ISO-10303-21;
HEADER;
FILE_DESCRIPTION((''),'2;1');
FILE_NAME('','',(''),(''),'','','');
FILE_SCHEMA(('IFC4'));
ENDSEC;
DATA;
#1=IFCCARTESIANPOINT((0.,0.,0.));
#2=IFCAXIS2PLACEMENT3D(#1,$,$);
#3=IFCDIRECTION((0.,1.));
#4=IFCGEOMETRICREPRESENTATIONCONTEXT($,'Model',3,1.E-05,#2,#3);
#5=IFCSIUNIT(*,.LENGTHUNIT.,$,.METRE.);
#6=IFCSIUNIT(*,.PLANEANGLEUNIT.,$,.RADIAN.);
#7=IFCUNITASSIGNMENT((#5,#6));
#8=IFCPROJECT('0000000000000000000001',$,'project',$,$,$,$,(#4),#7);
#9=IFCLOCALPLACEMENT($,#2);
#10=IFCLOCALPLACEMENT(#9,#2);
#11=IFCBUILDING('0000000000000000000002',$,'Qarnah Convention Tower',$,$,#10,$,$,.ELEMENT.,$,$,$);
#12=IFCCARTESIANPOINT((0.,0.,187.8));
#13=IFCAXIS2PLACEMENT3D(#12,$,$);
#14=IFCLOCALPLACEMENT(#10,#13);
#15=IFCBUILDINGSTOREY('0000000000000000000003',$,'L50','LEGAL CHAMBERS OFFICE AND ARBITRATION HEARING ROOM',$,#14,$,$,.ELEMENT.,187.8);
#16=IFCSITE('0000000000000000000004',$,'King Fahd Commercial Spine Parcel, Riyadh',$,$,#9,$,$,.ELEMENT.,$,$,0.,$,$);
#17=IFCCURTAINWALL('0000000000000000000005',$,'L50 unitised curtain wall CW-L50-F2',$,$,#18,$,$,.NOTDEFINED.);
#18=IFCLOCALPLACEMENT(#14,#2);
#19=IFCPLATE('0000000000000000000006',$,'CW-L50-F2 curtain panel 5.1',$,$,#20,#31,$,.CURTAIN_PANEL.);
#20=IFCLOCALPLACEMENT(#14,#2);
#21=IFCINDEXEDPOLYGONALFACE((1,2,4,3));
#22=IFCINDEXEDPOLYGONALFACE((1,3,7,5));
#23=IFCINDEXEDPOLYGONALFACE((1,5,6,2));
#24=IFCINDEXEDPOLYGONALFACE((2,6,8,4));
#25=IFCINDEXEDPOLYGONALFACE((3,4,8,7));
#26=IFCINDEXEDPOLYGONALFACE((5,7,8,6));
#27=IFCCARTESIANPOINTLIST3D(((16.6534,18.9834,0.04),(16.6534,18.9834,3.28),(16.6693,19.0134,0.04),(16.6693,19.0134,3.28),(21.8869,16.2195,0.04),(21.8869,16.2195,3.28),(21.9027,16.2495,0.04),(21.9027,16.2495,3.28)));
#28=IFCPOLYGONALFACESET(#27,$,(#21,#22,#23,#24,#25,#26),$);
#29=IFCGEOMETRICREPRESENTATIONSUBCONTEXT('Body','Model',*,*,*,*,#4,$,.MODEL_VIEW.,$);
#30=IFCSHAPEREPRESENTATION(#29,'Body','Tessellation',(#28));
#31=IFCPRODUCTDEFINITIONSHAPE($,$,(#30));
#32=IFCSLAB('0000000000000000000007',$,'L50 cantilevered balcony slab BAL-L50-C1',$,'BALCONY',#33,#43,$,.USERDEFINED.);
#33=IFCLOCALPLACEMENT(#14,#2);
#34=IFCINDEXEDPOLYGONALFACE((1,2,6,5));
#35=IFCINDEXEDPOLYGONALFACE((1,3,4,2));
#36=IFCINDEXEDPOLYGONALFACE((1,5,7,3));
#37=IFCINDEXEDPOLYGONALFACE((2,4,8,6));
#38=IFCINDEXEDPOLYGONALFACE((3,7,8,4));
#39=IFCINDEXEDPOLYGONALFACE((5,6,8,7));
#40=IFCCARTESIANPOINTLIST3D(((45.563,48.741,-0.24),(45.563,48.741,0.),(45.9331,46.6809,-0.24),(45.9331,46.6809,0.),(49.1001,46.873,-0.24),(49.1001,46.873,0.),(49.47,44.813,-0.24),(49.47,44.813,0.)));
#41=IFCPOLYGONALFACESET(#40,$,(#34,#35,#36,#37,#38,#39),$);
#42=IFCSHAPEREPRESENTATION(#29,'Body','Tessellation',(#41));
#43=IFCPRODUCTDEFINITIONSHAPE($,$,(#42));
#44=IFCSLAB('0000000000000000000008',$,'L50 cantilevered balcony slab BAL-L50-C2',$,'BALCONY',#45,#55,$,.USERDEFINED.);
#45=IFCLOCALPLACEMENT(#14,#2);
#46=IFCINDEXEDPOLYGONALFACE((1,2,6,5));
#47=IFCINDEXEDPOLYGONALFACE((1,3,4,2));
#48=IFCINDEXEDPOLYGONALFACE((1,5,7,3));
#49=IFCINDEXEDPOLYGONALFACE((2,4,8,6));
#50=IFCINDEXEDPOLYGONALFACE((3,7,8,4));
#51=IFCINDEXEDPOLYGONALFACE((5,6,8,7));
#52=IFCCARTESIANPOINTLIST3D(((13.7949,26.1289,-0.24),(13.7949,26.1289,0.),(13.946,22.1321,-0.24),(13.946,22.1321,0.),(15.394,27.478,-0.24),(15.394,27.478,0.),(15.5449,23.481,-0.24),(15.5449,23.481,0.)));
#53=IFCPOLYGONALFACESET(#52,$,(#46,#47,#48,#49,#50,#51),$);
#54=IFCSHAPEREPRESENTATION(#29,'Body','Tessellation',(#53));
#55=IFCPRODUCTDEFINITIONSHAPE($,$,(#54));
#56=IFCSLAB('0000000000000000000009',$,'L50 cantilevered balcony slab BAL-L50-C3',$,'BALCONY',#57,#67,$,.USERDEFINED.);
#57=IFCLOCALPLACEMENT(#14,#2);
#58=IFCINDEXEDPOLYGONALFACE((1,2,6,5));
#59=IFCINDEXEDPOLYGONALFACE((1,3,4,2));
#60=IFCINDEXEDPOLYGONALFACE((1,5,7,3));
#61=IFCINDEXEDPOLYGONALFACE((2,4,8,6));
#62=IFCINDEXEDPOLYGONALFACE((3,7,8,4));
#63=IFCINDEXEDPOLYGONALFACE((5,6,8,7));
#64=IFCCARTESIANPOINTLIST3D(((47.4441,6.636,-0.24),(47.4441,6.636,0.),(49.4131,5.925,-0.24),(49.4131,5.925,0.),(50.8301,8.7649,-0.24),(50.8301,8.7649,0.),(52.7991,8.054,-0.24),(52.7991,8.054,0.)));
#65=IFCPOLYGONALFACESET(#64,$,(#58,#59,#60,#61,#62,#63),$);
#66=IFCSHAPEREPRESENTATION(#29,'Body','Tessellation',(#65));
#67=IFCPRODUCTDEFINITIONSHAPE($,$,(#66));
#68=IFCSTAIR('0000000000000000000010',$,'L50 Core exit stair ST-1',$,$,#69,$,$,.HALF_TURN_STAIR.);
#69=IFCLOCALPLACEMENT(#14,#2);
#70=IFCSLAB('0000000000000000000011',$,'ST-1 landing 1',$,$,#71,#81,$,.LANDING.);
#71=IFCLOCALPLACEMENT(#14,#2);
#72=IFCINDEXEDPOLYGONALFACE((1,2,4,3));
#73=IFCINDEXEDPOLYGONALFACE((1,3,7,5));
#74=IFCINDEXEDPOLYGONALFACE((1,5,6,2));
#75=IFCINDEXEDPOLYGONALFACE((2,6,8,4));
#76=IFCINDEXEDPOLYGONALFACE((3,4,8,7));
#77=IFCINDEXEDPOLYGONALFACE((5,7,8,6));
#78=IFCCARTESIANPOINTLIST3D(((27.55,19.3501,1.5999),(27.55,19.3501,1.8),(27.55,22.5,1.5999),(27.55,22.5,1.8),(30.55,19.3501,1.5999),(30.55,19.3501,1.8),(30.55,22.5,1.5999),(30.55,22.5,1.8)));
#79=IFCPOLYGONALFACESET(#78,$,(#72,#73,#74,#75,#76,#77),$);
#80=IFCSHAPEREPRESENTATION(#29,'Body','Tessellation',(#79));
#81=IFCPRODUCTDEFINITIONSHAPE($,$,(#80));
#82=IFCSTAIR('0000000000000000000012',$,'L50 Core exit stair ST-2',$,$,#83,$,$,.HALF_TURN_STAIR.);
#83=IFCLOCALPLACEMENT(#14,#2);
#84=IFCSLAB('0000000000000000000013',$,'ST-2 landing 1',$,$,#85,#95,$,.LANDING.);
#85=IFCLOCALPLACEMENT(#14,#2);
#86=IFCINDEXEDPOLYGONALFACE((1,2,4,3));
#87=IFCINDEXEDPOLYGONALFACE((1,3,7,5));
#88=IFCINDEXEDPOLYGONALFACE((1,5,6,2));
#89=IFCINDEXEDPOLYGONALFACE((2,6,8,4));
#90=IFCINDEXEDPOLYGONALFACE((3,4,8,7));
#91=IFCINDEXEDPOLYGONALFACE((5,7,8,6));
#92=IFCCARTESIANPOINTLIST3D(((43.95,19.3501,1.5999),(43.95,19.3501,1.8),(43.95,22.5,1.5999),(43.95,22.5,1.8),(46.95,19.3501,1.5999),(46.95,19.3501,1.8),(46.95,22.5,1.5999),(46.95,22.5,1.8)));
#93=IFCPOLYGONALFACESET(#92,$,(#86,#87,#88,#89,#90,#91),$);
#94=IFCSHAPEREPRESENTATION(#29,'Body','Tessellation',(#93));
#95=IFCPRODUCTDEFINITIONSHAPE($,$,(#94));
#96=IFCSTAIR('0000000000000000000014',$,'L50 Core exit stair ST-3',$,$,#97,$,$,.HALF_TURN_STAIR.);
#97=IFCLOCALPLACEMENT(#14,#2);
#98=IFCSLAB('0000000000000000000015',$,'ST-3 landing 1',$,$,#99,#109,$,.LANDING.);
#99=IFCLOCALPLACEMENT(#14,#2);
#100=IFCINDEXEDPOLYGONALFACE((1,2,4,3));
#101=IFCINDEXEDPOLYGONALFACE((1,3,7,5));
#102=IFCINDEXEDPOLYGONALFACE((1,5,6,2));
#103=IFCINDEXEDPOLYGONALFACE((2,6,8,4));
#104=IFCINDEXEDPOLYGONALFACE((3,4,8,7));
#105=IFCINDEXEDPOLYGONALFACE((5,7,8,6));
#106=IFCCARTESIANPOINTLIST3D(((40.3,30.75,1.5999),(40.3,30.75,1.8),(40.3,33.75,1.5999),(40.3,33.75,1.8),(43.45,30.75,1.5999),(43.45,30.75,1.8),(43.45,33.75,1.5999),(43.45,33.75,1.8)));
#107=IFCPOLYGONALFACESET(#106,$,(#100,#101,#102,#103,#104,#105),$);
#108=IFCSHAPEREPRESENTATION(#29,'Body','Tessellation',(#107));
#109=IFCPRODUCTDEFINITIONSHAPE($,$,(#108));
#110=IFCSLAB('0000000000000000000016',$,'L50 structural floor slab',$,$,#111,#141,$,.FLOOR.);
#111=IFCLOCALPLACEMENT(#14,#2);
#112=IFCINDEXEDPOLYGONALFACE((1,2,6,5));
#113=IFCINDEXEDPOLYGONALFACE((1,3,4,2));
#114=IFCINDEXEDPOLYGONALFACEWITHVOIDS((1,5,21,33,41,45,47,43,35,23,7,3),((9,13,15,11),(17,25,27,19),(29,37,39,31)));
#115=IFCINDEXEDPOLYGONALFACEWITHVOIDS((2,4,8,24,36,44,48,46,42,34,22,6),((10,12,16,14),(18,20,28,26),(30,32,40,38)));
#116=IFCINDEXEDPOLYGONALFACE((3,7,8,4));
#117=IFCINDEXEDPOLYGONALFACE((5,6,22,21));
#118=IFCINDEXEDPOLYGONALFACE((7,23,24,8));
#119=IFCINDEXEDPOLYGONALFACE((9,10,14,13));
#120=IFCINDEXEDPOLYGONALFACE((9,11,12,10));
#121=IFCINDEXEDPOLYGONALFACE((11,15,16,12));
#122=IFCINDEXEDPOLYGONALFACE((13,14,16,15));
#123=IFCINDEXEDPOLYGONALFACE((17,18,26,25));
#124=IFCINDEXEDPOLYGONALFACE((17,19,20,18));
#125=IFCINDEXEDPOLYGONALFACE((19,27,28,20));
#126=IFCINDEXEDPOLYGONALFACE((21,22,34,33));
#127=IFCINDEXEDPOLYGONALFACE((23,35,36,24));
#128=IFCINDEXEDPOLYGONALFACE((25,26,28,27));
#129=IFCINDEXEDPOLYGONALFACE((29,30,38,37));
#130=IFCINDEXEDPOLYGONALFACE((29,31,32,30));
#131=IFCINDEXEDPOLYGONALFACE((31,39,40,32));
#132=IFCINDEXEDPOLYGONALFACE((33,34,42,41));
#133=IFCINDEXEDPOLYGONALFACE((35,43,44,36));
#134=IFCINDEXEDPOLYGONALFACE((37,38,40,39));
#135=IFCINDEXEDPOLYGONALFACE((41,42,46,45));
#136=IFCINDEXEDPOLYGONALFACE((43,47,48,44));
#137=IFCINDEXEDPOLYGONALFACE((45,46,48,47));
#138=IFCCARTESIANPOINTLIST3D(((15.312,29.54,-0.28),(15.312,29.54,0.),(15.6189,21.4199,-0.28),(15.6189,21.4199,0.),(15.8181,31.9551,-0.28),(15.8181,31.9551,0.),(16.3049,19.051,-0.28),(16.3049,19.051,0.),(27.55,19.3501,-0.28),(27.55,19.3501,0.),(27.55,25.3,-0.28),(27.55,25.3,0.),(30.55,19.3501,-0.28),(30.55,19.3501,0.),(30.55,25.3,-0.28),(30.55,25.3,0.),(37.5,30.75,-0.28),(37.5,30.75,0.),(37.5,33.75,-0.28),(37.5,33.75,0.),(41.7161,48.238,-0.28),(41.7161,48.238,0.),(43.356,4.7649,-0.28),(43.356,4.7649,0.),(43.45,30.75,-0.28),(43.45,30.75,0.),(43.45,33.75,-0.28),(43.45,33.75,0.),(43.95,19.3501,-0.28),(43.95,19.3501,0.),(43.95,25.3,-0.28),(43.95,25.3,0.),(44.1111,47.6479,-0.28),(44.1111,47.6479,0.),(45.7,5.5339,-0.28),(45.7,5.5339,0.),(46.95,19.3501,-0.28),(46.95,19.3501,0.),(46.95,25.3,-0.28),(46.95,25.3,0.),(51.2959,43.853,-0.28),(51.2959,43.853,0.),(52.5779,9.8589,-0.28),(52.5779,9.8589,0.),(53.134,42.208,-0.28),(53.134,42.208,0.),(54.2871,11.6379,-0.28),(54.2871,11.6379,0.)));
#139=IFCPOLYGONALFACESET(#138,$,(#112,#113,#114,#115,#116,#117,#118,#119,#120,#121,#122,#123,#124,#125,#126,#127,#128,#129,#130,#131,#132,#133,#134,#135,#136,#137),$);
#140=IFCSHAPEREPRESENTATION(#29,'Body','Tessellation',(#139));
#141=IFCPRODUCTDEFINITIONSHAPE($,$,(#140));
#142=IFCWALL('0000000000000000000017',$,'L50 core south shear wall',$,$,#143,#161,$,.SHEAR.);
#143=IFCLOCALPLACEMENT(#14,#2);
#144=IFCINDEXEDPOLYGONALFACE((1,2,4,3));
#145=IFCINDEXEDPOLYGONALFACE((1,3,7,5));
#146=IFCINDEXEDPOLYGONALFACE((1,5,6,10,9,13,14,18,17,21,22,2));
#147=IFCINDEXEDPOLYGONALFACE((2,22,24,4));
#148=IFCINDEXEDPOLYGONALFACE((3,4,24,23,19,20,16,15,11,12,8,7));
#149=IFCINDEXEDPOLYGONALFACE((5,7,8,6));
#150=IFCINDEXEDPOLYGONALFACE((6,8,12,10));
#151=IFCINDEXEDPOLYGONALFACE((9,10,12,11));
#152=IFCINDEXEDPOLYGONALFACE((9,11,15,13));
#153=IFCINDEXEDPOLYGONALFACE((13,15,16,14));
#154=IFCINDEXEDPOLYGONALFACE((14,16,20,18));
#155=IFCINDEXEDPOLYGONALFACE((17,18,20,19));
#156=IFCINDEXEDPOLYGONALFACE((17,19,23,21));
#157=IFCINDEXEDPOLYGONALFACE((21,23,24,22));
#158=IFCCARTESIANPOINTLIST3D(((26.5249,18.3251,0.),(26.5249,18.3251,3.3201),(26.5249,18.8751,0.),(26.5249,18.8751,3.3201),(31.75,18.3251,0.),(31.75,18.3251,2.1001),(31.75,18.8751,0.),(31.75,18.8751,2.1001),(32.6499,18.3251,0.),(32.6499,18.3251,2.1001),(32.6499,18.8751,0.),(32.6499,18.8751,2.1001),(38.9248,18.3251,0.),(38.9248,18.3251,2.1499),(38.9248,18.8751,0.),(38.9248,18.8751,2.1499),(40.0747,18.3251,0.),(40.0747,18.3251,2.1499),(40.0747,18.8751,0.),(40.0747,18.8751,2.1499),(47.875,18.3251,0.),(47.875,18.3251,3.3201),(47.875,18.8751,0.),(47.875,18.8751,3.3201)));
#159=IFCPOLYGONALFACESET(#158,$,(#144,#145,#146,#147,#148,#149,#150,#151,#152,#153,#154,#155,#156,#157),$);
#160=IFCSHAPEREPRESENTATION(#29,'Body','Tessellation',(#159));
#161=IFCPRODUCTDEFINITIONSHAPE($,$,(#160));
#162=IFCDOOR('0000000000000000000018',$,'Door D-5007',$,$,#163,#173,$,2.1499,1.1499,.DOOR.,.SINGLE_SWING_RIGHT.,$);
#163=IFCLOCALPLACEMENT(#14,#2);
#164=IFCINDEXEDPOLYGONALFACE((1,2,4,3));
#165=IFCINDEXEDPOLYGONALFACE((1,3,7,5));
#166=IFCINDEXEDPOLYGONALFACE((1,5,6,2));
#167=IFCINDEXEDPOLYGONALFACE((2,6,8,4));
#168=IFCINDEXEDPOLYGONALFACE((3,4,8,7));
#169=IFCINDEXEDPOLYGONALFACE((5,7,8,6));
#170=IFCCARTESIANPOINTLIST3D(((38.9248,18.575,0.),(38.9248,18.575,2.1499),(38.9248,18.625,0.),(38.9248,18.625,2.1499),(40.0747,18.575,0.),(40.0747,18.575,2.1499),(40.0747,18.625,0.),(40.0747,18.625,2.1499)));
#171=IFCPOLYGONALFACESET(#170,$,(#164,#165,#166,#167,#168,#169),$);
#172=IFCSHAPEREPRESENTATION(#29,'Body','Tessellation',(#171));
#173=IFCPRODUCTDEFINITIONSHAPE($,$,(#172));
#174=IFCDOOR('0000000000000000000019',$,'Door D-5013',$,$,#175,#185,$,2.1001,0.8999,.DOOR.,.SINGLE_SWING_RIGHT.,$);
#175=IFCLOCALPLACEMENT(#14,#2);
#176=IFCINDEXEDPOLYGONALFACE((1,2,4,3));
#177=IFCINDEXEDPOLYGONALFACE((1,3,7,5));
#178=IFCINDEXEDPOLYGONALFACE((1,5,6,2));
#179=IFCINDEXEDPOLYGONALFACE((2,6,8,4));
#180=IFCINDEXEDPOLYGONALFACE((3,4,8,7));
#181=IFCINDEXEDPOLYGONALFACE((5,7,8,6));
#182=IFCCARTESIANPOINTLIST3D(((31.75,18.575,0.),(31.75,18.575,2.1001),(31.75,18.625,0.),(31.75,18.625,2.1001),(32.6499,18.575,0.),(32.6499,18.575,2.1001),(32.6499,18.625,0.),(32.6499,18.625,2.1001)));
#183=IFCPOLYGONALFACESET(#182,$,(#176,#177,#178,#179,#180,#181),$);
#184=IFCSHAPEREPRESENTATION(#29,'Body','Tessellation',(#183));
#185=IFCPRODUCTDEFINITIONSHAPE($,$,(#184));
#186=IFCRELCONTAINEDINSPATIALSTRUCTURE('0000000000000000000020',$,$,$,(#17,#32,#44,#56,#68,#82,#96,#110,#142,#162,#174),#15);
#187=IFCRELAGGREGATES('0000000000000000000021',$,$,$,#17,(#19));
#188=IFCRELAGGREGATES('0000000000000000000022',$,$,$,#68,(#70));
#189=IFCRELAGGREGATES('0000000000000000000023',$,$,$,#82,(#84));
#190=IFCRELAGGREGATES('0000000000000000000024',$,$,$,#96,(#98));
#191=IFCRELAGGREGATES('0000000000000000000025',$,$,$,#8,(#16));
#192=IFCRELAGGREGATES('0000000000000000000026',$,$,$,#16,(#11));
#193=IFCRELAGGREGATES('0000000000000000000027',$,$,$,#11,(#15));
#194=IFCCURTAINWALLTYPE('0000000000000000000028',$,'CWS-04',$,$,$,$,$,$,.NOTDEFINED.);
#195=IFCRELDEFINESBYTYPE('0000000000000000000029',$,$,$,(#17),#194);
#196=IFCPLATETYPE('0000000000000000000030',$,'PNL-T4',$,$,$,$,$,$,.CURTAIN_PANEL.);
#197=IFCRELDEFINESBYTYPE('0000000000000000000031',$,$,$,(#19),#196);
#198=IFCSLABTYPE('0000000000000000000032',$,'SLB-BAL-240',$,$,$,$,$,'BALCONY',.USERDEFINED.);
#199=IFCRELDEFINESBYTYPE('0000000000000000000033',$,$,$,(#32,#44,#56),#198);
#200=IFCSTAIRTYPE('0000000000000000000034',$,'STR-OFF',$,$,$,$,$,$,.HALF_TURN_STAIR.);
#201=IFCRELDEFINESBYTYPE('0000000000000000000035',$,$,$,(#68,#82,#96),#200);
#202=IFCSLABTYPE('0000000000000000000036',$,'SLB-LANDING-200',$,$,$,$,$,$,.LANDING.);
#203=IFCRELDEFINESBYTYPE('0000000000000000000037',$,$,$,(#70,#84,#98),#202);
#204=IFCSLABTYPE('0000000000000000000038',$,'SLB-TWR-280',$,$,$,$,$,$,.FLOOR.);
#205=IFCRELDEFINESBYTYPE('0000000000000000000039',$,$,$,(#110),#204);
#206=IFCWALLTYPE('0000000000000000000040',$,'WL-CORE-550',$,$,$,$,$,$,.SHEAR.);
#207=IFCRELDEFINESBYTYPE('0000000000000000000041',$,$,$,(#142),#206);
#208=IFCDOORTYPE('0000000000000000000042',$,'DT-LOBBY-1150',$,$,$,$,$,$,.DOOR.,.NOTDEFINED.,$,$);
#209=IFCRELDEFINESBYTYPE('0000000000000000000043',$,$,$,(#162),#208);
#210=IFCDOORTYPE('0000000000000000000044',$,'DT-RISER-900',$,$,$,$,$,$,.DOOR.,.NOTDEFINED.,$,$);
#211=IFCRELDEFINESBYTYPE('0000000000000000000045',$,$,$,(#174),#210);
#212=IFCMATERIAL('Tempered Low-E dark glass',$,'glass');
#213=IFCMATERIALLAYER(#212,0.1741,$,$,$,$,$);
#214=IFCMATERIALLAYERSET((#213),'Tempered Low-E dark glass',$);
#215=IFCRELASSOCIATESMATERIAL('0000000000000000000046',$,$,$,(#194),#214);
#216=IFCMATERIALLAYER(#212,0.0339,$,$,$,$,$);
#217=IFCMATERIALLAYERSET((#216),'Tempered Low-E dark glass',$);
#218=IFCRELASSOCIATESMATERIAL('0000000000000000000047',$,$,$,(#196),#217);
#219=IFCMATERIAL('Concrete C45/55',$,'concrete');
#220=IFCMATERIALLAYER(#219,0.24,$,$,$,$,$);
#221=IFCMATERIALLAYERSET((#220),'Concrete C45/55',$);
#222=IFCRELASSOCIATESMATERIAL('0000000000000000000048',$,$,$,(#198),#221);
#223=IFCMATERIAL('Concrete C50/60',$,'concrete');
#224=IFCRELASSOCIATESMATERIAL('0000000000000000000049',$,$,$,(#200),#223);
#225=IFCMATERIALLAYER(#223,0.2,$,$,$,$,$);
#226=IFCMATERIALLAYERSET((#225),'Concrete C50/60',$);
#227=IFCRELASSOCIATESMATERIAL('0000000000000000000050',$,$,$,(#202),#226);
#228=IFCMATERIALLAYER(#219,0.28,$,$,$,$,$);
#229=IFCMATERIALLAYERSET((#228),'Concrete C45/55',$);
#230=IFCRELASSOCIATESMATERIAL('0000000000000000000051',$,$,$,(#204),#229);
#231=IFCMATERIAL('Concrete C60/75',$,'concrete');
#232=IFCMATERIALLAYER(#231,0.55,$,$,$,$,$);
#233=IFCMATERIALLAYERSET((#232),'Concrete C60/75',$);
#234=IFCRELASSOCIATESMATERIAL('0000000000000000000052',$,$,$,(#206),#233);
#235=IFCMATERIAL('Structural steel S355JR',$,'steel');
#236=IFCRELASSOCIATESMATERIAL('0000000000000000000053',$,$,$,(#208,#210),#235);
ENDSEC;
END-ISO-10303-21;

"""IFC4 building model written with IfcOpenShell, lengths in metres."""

from ifc_helpers import new_model, si_unit, direction, frame, frame_2d, origin, origin_2d, place, context, subcontext, project, spatial, polyline, rectangle, outline, extrude, material, layer, layer_set, type_object, element, fill, aggregate, save


model = new_model("IFC4")

# Units and contexts
model_context = context("Model", 3, precision=1e-05, world=origin(), true_north=direction((0.0, 1.0)))
body_context = subcontext(model_context, "Body", "Model", "MODEL_VIEW")
ifc_project = project(units=[si_unit("LENGTHUNIT", "METRE"), si_unit("PLANEANGLEUNIT", "RADIAN")], contexts=[model_context])

# Site, building, storey
site_placement = place(None, origin())
site = spatial("IfcSite", under=ifc_project, at=site_placement, Name="King Fahd Commercial Spine Parcel, Riyadh", CompositionType="ELEMENT", RefElevation=0.0)
building_placement = place(site_placement, origin())
building = spatial("IfcBuilding", under=site, at=building_placement, Name="Qarnah Convention Tower", CompositionType="ELEMENT")
storey_placement = place(building_placement, frame((0.0, 0.0, 187.8)))
storey = spatial("IfcBuildingStorey", under=building, at=storey_placement, Name="L50", Description="LEGAL CHAMBERS OFFICE AND ARBITRATION HEARING ROOM", CompositionType="ELEMENT", Elevation=187.8)

# Shared definitions
ifc_material_1 = material(Name="Concrete C50/60", Category="concrete")

# Shared definitions
ifc_material_2 = material(Name="Structural steel S355JR", Category="steel")

# Curtain wall, plate
ifc_material_3 = material(Name="Tempered Low-E dark glass", Category="glass")
ifc_layer_1 = layer(ifc_material_3, 0.1741)
ifc_layer_set_1 = layer_set([ifc_layer_1], Name="Tempered Low-E dark glass")
curtain_wall_type = type_object("IfcCurtainWallType", Name="CWS-04", PredefinedType="NOTDEFINED", material=ifc_layer_set_1)
curtain_wall_placement = place(storey_placement, origin())
curtain_wall = element("IfcCurtainWall", 1, at=curtain_wall_placement, inside=storey, type_object=curtain_wall_type, Name="L50 unitised curtain wall CW-L50-F2", PredefinedType="NOTDEFINED")
ifc_layer_2 = layer(ifc_material_3, 0.0339)
ifc_layer_set_2 = layer_set([ifc_layer_2], Name="Tempered Low-E dark glass")
plate_type = type_object("IfcPlateType", Name="PNL-T4", PredefinedType="CURTAIN_PANEL", material=ifc_layer_set_2)
plate_1_placement = place(storey_placement, frame((19.2781, 17.6165, 0.04), z_axis=(0.0, 0.0, 1.0), x_axis=(-0.884264, 0.466988, 0.0)))
plate_1 = element("IfcPlate", 2, at=plate_1_placement, type_object=plate_type, Name="CW-L50-F2 curtain panel 5.1", PredefinedType="CURTAIN_PANEL", context=body_context, shape_type="SweptSolid", body=[
    extrude(rectangle(XDim=5.9185, YDim=0.0339, at=origin_2d()), origin(), (0.0, 0.0, 1.0), 3.24),
])
aggregate(curtain_wall, [plate_1])

# Slabs
ifc_material_4 = material(Name="Concrete C45/55", Category="concrete")
ifc_layer_3 = layer(ifc_material_4, 0.24)
ifc_layer_set_3 = layer_set([ifc_layer_3], Name="Concrete C45/55")
slab_type_1 = type_object("IfcSlabType", Name="SLB-BAL-240", ElementType="BALCONY", PredefinedType="USERDEFINED", material=ifc_layer_set_3)
slab_1_placement = place(storey_placement, frame((0.0, 0.0, -0.24)))
element("IfcSlab", 3, at=slab_1_placement, inside=storey, type_object=slab_type_1, Name="L50 cantilevered balcony slab BAL-L50-C1", ObjectType="BALCONY", PredefinedType="USERDEFINED", context=body_context, shape_type="SweptSolid", body=[
    extrude(outline(polyline([(45.563, 48.741), (49.1001, 46.873), (49.47, 44.813), (45.9331, 46.6809), (45.563, 48.741)])), origin(), (0.0, 0.0, 1.0), 0.24),
])
slab_2_placement = place(storey_placement, frame((0.0, 0.0, -0.24)))
element("IfcSlab", 4, at=slab_2_placement, inside=storey, type_object=slab_type_1, Name="L50 cantilevered balcony slab BAL-L50-C2", ObjectType="BALCONY", PredefinedType="USERDEFINED", context=body_context, shape_type="SweptSolid", body=[
    extrude(outline(polyline([(13.946, 22.1321), (13.7949, 26.1289), (15.394, 27.478), (15.5449, 23.481), (13.946, 22.1321)])), origin(), (0.0, 0.0, 1.0), 0.24),
])
slab_3_placement = place(storey_placement, frame((0.0, 0.0, -0.24)))
element("IfcSlab", 5, at=slab_3_placement, inside=storey, type_object=slab_type_1, Name="L50 cantilevered balcony slab BAL-L50-C3", ObjectType="BALCONY", PredefinedType="USERDEFINED", context=body_context, shape_type="SweptSolid", body=[
    extrude(outline(polyline([(52.7991, 8.054), (49.4131, 5.925), (47.4441, 6.636), (50.8301, 8.7649), (52.7991, 8.054)])), origin(), (0.0, 0.0, 1.0), 0.24),
])

# Stairs, slabs
stair_type = type_object("IfcStairType", Name="STR-OFF", PredefinedType="HALF_TURN_STAIR", material=ifc_material_1)
stair_1_placement = place(storey_placement, origin())
stair_1 = element("IfcStair", 6, at=stair_1_placement, inside=storey, type_object=stair_type, Name="L50 Core exit stair ST-1", PredefinedType="HALF_TURN_STAIR")
ifc_layer_4 = layer(ifc_material_1, 0.2)
ifc_layer_set_4 = layer_set([ifc_layer_4], Name="Concrete C50/60")
slab_type_2 = type_object("IfcSlabType", Name="SLB-LANDING-200", PredefinedType="LANDING", material=ifc_layer_set_4)
slab_4_placement = place(storey_placement, frame((0.0, 0.0, 1.5999)))
slab_4 = element("IfcSlab", 7, at=slab_4_placement, type_object=slab_type_2, Name="ST-1 landing 1", PredefinedType="LANDING", context=body_context, shape_type="SweptSolid", body=[
    extrude(outline(polyline([(27.55, 22.5), (27.55, 19.3501), (30.55, 19.3501), (30.55, 22.5), (27.55, 22.5)])), origin(), (0.0, 0.0, 1.0), 0.2002),
])
aggregate(stair_1, [slab_4])
stair_2_placement = place(storey_placement, origin())
stair_2 = element("IfcStair", 8, at=stair_2_placement, inside=storey, type_object=stair_type, Name="L50 Core exit stair ST-2", PredefinedType="HALF_TURN_STAIR")
slab_5_placement = place(storey_placement, frame((0.0, 0.0, 1.5999)))
slab_5 = element("IfcSlab", 9, at=slab_5_placement, type_object=slab_type_2, Name="ST-2 landing 1", PredefinedType="LANDING", context=body_context, shape_type="SweptSolid", body=[
    extrude(outline(polyline([(43.95, 22.5), (43.95, 19.3501), (46.95, 19.3501), (46.95, 22.5), (43.95, 22.5)])), origin(), (0.0, 0.0, 1.0), 0.2002),
])
aggregate(stair_2, [slab_5])
stair_3_placement = place(storey_placement, origin())
stair_3 = element("IfcStair", 10, at=stair_3_placement, inside=storey, type_object=stair_type, Name="L50 Core exit stair ST-3", PredefinedType="HALF_TURN_STAIR")
slab_6_placement = place(storey_placement, frame((0.0, 0.0, 1.5999)))
slab_6 = element("IfcSlab", 11, at=slab_6_placement, type_object=slab_type_2, Name="ST-3 landing 1", PredefinedType="LANDING", context=body_context, shape_type="SweptSolid", body=[
    extrude(outline(polyline([(40.3, 30.75), (43.45, 30.75), (43.45, 33.75), (40.3, 33.75), (40.3, 30.75)])), origin(), (0.0, 0.0, 1.0), 0.2002),
])
aggregate(stair_3, [slab_6])

# Slab
ifc_layer_5 = layer(ifc_material_4, 0.28)
ifc_layer_set_5 = layer_set([ifc_layer_5], Name="Concrete C45/55")
slab_type_3 = type_object("IfcSlabType", Name="SLB-TWR-280", PredefinedType="FLOOR", material=ifc_layer_set_5)
slab_7_placement = place(storey_placement, frame((0.0, 0.0, -0.28)))
element("IfcSlab", 12, at=slab_7_placement, inside=storey, type_object=slab_type_3, Name="L50 structural floor slab", PredefinedType="FLOOR", context=body_context, shape_type="SweptSolid", body=[
    extrude(outline(polyline([(41.7161, 48.238), (15.8181, 31.9551), (15.312, 29.54), (15.6189, 21.4199), (16.3049, 19.051), (43.356, 4.7649), (45.7, 5.5339), (52.5779, 9.8589), (54.2871, 11.6379), (53.134, 42.208), (51.2959, 43.853), (44.1111, 47.6479), (41.7161, 48.238)]), holes=[polyline([(27.55, 25.3), (27.55, 19.3501), (30.55, 19.3501), (30.55, 25.3), (27.55, 25.3)]), polyline([(43.95, 25.3), (43.95, 19.3501), (46.95, 19.3501), (46.95, 25.3), (43.95, 25.3)]), polyline([(37.5, 30.75), (43.45, 30.75), (43.45, 33.75), (37.5, 33.75), (37.5, 30.75)])]), origin(), (0.0, 0.0, 1.0), 0.28),
])

# Wall, openings, doors
ifc_material_5 = material(Name="Concrete C60/75", Category="concrete")
ifc_layer_6 = layer(ifc_material_5, 0.55)
ifc_layer_set_6 = layer_set([ifc_layer_6], Name="Concrete C60/75")
wall_type_1 = type_object("IfcWallType", Name="WL-CORE-550", PredefinedType="SHEAR", material=ifc_layer_set_6)
wall_1_placement = place(storey_placement, frame((26.5249, 18.6001, 0.0), z_axis=(0.0, 0.0, 1.0), x_axis=(1.0, 0.0, 0.0)))
wall_1 = element("IfcWall", 13, at=wall_1_placement, inside=storey, type_object=wall_type_1, Name="L50 core south shear wall", PredefinedType="SHEAR", context=body_context, shape_type="SweptSolid", body=[
    extrude(rectangle(XDim=21.3501, YDim=0.55, at=frame_2d((10.675, 0.0))), origin(), (0.0, 0.0, 1.0), 3.3201),
])
opening_1_placement = place(wall_1_placement, frame((12.3999, 0.0, 0.0)))
opening_1 = element("IfcOpeningElement", 14, at=opening_1_placement, cuts=wall_1, PredefinedType="OPENING", context=body_context, shape_type="SweptSolid", body=[
    extrude(rectangle(XDim=1.1499, YDim=2.1499, at=frame_2d((0.575, 1.075))), frame((0.0, 0.2849, 0.0), z_axis=(0.0, -1.0, 0.0), x_axis=(1.0, 0.0, 0.0)), (0.0, 0.0, 1.0), 0.5701),
])
opening_2_placement = place(wall_1_placement, frame((5.2251, 0.0, 0.0)))
opening_2 = element("IfcOpeningElement", 15, at=opening_2_placement, cuts=wall_1, PredefinedType="OPENING", context=body_context, shape_type="SweptSolid", body=[
    extrude(rectangle(XDim=0.8999, YDim=2.1001, at=frame_2d((0.45, 1.05))), frame((0.0, 0.2849, 0.0), z_axis=(0.0, -1.0, 0.0), x_axis=(1.0, 0.0, 0.0)), (0.0, 0.0, 1.0), 0.5701),
])
door_type_1 = type_object("IfcDoorType", Name="DT-LOBBY-1150", OperationType="NOTDEFINED", PredefinedType="DOOR", material=ifc_material_2)
door_1_placement = place(opening_1_placement, origin())
door_1 = element("IfcDoor", 16, at=door_1_placement, inside=storey, type_object=door_type_1, Name="Door D-5007", OperationType="SINGLE_SWING_RIGHT", OverallHeight=2.1499, OverallWidth=1.1499, PredefinedType="DOOR", context=body_context, shape_type="SweptSolid", body=[
    extrude(rectangle(XDim=1.1499, YDim=2.1499, at=frame_2d((0.575, 1.075))), frame((0.0, 0.0249, 0.0), z_axis=(0.0, -1.0, 0.0), x_axis=(1.0, 0.0, 0.0)), (0.0, 0.0, 1.0), 0.05),
])
fill(opening_1, door_1)
door_type_2 = type_object("IfcDoorType", Name="DT-RISER-900", OperationType="NOTDEFINED", PredefinedType="DOOR", material=ifc_material_2)
door_2_placement = place(opening_2_placement, origin())
door_2 = element("IfcDoor", 17, at=door_2_placement, inside=storey, type_object=door_type_2, Name="Door D-5013", OperationType="SINGLE_SWING_RIGHT", OverallHeight=2.1001, OverallWidth=0.8999, PredefinedType="DOOR", context=body_context, shape_type="SweptSolid", body=[
    extrude(rectangle(XDim=0.8999, YDim=2.1001, at=frame_2d((0.45, 1.05))), frame((0.0, 0.0249, 0.0), z_axis=(0.0, -1.0, 0.0), x_axis=(1.0, 0.0, 0.0)), (0.0, 0.0, 1.0), 0.05),
])
fill(opening_2, door_2)

save(model, "model.ifc")
